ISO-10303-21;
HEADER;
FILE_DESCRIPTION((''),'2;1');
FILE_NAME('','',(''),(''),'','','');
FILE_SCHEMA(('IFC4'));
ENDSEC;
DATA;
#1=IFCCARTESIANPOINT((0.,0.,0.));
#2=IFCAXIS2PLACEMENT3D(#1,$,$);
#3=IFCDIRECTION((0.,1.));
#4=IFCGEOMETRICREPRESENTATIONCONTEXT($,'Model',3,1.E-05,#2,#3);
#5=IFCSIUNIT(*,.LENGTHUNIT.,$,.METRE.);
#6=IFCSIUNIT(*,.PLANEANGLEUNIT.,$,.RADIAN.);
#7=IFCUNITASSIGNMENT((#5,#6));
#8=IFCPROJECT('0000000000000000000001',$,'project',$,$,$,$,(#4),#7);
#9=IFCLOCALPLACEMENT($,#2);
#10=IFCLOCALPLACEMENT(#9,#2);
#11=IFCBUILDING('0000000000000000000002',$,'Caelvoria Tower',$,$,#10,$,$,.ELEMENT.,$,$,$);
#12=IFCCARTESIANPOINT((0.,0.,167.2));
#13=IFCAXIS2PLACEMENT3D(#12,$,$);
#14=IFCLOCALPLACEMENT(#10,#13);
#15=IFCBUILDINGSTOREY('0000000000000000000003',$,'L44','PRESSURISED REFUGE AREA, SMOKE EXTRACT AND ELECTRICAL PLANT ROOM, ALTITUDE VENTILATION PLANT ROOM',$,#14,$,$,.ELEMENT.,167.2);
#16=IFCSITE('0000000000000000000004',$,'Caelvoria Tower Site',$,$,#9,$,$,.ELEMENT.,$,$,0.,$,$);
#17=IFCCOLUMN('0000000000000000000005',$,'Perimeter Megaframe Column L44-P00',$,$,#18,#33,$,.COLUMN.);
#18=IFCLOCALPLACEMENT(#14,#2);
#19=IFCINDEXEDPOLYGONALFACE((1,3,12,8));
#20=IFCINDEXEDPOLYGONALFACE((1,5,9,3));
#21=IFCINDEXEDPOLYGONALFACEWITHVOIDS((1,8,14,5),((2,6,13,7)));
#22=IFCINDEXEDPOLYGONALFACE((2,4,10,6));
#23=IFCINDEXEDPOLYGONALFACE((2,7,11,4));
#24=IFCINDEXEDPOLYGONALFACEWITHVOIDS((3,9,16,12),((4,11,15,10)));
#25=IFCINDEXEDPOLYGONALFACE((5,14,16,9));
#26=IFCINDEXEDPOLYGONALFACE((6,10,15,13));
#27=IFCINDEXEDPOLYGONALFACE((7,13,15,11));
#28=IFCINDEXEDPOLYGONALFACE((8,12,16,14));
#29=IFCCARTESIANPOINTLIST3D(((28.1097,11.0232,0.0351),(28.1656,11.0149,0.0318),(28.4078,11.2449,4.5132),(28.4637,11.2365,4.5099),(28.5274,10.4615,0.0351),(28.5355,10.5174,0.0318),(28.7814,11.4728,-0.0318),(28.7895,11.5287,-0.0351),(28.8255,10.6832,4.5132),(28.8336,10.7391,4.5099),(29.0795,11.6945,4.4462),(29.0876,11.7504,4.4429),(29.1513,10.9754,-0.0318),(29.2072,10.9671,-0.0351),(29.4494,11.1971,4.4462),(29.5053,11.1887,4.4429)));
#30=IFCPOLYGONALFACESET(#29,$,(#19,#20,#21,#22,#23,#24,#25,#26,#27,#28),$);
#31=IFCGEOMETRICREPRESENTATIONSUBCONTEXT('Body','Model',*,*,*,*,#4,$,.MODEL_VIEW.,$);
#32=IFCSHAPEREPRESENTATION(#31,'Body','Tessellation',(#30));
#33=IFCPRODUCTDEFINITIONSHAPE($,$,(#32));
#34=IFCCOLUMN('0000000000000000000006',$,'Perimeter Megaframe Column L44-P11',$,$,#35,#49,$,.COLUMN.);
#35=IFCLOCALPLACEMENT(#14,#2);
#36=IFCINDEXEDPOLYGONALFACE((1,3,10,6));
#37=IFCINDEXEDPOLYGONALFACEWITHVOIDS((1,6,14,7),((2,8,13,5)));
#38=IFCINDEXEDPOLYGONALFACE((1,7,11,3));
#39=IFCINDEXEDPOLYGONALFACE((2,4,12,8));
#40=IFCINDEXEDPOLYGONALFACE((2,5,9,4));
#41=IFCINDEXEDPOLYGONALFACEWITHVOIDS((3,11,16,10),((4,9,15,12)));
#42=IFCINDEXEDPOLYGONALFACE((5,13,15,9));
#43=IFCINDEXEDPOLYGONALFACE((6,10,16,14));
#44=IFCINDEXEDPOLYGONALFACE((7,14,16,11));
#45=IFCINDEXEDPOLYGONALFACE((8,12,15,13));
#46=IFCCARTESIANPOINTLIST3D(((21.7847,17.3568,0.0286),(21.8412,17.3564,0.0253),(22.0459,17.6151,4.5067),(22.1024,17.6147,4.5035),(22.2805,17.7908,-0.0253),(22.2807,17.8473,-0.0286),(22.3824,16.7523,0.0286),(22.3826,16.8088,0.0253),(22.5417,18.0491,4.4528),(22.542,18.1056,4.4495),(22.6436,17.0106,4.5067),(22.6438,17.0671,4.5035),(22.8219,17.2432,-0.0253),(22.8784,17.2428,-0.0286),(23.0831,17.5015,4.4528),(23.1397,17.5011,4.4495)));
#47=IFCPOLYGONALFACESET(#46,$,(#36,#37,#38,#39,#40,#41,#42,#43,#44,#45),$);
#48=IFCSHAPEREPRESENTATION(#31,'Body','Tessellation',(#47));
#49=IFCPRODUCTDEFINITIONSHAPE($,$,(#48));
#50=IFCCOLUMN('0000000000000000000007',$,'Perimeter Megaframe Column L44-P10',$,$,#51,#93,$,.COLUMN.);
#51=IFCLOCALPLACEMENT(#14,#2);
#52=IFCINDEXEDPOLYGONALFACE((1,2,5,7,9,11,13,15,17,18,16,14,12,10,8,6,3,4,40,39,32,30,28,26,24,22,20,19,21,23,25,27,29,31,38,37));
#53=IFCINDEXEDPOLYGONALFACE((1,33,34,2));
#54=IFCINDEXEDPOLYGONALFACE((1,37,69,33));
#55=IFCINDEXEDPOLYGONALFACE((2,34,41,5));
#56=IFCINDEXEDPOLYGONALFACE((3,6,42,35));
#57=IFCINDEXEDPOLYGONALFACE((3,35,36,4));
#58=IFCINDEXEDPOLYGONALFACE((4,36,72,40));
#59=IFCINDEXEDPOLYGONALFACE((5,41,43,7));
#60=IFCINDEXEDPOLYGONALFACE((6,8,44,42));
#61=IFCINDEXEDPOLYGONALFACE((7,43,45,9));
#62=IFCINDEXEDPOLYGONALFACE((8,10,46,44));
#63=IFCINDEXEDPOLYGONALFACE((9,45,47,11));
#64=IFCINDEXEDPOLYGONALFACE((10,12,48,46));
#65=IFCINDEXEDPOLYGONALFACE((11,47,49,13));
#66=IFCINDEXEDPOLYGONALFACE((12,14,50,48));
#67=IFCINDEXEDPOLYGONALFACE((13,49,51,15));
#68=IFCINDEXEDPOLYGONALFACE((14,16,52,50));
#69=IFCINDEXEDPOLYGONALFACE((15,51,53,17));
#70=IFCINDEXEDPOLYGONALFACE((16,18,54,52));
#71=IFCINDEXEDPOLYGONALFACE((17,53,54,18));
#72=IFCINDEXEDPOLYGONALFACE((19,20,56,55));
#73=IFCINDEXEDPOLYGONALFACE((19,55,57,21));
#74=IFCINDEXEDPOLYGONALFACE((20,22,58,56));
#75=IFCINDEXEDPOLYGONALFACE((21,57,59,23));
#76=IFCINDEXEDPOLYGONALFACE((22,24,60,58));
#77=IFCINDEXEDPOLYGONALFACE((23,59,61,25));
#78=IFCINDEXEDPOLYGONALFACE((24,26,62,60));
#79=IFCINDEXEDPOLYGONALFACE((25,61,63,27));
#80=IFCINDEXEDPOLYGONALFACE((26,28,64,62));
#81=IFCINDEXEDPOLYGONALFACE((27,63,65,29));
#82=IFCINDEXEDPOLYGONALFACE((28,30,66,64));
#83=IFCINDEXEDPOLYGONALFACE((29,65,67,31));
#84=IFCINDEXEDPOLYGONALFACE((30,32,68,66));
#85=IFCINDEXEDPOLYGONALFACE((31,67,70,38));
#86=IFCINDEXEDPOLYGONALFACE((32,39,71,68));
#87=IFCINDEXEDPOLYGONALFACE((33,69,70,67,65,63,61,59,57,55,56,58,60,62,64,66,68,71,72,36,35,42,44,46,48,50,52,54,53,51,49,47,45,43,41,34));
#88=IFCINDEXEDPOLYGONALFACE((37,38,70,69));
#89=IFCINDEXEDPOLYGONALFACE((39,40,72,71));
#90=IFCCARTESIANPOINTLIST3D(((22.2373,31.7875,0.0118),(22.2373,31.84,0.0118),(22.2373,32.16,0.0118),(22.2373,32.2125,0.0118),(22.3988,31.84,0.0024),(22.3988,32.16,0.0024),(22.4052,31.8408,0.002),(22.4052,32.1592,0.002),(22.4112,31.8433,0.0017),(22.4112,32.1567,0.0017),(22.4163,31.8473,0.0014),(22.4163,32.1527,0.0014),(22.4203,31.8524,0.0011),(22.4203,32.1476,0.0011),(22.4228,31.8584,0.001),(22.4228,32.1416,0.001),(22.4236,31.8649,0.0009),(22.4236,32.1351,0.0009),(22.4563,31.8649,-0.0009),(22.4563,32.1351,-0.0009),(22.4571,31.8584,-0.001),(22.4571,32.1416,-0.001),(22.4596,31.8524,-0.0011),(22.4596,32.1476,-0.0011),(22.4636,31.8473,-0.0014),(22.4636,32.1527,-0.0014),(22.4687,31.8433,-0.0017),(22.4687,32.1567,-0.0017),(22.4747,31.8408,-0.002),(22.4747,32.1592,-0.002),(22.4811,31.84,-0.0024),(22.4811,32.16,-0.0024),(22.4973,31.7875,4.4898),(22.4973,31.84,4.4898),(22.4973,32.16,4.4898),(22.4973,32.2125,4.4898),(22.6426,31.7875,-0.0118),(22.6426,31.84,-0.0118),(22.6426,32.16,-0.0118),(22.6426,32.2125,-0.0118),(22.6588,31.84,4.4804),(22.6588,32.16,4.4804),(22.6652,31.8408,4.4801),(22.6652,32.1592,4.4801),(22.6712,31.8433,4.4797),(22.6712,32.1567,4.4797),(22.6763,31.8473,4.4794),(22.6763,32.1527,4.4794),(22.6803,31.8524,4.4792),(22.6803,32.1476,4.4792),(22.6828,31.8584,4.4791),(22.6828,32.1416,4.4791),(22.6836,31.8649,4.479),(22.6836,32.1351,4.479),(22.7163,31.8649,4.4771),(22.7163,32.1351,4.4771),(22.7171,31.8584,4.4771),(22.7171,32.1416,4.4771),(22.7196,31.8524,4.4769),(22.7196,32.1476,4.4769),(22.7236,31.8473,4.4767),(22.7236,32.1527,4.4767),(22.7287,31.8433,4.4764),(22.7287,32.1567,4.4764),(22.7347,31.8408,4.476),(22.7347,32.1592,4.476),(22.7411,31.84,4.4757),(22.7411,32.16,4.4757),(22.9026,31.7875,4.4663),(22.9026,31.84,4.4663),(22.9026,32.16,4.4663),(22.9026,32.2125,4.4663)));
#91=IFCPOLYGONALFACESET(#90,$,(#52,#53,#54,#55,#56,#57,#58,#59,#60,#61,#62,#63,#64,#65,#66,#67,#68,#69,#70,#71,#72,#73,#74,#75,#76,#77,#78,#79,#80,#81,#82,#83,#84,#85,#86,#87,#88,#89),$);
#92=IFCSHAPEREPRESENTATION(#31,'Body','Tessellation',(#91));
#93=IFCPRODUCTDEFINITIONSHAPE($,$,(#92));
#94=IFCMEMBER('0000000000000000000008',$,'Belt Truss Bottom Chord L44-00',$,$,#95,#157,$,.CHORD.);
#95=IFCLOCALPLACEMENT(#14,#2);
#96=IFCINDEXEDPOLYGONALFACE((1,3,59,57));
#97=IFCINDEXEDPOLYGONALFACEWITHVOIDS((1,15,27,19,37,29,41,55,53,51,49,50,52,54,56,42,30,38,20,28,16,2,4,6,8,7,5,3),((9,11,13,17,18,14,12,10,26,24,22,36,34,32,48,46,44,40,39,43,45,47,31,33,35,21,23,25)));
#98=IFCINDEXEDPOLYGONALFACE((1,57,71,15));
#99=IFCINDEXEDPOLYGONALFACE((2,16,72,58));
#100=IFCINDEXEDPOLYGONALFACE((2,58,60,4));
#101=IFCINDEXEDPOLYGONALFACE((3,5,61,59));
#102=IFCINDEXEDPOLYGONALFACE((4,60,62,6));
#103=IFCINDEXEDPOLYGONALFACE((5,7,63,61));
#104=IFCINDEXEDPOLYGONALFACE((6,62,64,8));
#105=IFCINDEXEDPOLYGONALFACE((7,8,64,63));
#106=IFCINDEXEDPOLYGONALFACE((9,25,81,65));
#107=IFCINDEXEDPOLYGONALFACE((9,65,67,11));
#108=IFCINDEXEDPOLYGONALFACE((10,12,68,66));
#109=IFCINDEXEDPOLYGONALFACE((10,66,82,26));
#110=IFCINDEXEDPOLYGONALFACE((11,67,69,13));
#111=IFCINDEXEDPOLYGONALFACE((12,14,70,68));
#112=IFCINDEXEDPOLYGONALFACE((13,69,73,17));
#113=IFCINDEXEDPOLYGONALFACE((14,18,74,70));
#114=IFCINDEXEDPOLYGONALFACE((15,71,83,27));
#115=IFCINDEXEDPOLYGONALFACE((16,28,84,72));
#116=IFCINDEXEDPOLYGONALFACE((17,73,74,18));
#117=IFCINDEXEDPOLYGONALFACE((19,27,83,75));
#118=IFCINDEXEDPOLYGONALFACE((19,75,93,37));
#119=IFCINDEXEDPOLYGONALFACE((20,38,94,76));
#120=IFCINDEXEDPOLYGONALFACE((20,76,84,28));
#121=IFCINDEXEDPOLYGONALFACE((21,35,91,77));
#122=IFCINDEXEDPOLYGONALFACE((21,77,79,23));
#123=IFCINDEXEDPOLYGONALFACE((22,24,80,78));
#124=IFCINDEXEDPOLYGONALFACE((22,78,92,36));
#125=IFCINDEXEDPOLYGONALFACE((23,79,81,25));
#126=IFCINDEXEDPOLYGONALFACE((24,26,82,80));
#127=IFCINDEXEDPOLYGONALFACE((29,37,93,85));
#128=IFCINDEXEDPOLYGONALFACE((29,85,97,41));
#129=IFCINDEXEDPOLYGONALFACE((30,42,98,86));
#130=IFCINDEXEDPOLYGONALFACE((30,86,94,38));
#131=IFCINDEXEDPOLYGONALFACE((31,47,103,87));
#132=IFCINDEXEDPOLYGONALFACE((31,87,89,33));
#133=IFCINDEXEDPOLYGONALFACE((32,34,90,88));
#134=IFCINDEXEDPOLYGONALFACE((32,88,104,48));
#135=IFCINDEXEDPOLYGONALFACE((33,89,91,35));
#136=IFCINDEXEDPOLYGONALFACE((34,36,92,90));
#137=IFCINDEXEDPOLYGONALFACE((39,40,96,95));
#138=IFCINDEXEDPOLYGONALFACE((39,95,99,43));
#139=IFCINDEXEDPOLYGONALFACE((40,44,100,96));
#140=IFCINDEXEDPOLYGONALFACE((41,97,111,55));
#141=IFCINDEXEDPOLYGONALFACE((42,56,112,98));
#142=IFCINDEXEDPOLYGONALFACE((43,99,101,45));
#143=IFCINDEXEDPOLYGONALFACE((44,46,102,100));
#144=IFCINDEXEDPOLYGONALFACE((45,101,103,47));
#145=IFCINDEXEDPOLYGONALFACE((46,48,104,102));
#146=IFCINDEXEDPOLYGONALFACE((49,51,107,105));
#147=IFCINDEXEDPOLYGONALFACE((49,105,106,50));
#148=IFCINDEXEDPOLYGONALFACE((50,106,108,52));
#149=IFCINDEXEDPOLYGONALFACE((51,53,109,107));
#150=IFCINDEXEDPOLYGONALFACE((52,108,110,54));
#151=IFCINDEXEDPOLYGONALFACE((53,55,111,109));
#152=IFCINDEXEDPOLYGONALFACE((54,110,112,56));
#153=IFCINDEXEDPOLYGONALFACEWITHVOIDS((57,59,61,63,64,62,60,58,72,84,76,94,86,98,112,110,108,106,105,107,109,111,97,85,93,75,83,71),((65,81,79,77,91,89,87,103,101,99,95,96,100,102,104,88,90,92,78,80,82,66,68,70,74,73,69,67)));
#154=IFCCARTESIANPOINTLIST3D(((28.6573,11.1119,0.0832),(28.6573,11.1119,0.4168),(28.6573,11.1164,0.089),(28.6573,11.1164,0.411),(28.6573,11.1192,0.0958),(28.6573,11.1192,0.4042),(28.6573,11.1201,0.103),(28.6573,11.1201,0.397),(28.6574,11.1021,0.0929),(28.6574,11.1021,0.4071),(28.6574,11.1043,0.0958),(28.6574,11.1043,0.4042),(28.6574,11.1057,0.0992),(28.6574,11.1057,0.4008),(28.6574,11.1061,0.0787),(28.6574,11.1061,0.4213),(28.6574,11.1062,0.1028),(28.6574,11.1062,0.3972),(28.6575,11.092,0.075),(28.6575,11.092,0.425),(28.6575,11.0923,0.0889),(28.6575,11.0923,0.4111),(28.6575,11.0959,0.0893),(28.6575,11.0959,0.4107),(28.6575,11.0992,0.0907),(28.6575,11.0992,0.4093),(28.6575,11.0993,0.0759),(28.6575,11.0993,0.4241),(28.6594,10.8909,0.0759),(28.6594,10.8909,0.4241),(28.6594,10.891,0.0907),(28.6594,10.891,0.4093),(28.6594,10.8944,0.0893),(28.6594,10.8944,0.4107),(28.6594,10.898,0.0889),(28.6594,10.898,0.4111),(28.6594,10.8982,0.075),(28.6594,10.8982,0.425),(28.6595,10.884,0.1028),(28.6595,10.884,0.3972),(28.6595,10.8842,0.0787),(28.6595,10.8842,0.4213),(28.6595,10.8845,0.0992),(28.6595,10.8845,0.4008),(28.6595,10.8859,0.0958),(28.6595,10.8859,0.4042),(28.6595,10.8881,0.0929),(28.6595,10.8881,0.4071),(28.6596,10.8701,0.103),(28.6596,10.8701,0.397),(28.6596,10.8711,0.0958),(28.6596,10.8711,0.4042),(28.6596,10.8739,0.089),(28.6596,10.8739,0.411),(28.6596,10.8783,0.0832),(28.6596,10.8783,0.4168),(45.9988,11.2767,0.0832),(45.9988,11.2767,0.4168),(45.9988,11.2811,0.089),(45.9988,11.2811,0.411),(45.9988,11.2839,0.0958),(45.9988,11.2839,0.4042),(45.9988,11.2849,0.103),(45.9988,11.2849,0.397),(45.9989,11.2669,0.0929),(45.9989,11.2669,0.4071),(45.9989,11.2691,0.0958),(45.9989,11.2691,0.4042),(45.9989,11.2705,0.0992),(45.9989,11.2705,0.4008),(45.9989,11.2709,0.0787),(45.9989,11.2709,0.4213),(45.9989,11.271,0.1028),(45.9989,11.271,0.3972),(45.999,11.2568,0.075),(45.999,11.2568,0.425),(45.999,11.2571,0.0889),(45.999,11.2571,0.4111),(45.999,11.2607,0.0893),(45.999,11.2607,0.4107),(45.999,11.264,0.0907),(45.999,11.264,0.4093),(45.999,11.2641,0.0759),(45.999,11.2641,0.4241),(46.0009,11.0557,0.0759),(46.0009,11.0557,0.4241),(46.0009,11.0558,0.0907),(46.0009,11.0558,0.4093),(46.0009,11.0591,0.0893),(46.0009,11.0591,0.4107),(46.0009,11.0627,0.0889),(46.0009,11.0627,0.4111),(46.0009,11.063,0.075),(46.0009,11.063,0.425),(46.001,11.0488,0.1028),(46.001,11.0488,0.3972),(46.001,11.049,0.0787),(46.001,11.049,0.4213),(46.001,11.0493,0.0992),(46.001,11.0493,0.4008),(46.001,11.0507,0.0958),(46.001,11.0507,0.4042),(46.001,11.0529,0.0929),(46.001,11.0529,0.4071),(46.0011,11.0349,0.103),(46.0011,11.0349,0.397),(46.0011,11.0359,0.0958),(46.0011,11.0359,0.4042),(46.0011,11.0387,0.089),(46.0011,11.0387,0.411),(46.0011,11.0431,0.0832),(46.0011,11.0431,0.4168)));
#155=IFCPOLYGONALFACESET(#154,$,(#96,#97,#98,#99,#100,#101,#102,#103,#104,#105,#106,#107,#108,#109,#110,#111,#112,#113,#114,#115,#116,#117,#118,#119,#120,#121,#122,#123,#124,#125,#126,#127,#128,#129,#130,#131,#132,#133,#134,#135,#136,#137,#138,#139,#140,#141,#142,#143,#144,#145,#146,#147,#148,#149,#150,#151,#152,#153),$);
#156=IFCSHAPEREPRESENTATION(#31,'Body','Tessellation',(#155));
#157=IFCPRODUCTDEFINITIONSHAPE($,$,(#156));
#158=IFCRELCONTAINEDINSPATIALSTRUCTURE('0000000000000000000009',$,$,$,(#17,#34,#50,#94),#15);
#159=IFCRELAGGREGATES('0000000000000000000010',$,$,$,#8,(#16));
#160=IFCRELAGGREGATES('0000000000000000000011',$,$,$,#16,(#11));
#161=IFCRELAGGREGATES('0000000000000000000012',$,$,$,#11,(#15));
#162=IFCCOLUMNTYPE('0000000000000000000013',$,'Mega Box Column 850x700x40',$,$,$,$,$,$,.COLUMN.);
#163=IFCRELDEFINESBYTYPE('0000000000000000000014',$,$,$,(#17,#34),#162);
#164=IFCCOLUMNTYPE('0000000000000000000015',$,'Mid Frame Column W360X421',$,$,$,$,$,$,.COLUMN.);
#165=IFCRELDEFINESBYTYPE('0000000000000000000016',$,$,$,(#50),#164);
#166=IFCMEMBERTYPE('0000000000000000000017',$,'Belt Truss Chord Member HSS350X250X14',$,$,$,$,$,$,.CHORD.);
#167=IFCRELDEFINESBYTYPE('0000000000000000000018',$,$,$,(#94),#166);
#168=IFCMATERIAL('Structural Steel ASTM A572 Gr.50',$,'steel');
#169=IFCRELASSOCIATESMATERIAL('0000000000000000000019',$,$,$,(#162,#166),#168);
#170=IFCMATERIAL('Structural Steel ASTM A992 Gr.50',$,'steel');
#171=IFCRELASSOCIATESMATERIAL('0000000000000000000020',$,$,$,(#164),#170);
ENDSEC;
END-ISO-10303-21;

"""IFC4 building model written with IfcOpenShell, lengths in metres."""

from ifc_helpers import new_model, si_unit, direction, frame, origin, origin_2d, place, context, subcontext, project, spatial, hollow_rectangle, i_section, extrude, material, material_profile, profile_set, type_object, element, save


model = new_model("IFC4")

# Units and contexts
model_context = context("Model", 3, precision=1e-05, world=origin(), true_north=direction((0.0, 1.0)))
body_context = subcontext(model_context, "Body", "Model", "MODEL_VIEW")
ifc_project = project(units=[si_unit("LENGTHUNIT", "METRE"), si_unit("PLANEANGLEUNIT", "RADIAN")], contexts=[model_context])

# Site, building, storey
site_placement = place(None, origin())
site = spatial("IfcSite", under=ifc_project, at=site_placement, Name="Caelvoria Tower Site", CompositionType="ELEMENT", RefElevation=0.0)
building_placement = place(site_placement, origin())
building = spatial("IfcBuilding", under=site, at=building_placement, Name="Caelvoria Tower", CompositionType="ELEMENT")
storey_placement = place(building_placement, frame((0.0, 0.0, 167.2)))
storey = spatial("IfcBuildingStorey", under=building, at=storey_placement, Name="L44", Description="PRESSURISED REFUGE AREA, SMOKE EXTRACT AND ELECTRICAL PLANT ROOM, ALTITUDE VENTILATION PLANT ROOM", CompositionType="ELEMENT", Elevation=167.2)

# Columns
ifc_material_1 = material(Name="Structural Steel ASTM A572 Gr.50", Category="steel")
ifc_material_profile_1 = material_profile(ifc_material_1, hollow_rectangle(XDim=0.7, YDim=0.8501, WallThickness=0.04, at=origin_2d()), Name="Structural Steel ASTM A572 Gr.50")
ifc_profile_set_1 = profile_set([ifc_material_profile_1], Name="BOX850X700X40 - Structural Steel ASTM A572 Gr.50")
column_type_1 = type_object("IfcColumnType", Name="Mega Box Column 850x700x40", PredefinedType="COLUMN", material=ifc_profile_set_1)
column_1_placement = place(storey_placement, frame((28.6584, 10.9951, 0.0), z_axis=(0.066341, 0.049334, 0.996577), x_axis=(-0.596735, 0.802438, 0.0)))
element("IfcColumn", 1, at=column_1_placement, inside=storey, type_object=column_type_1, Name="Perimeter Megaframe Column L44-P00", PredefinedType="COLUMN", context=body_context, shape_type="SweptSolid", body=[
    extrude(hollow_rectangle(XDim=0.7, YDim=0.8501, WallThickness=0.04, at=origin_2d()), origin(), (0.0, 0.0, 1.0), 4.4934),
])
column_2_placement = place(storey_placement, frame((22.3315, 17.2998, 0.0), z_axis=(0.058141, 0.057489, 0.996652), x_axis=(-0.708702, -0.700754, 0.081764)))
element("IfcColumn", 2, at=column_2_placement, inside=storey, type_object=column_type_1, Name="Perimeter Megaframe Column L44-P11", PredefinedType="COLUMN", context=body_context, shape_type="SweptSolid", body=[
    extrude(hollow_rectangle(XDim=0.7, YDim=0.8501, WallThickness=0.04, at=origin_2d()), origin(), (0.0, 0.0, 1.0), 4.4932),
])
ifc_material_2 = material(Name="Structural Steel ASTM A992 Gr.50", Category="steel")
ifc_material_profile_2 = material_profile(ifc_material_2, i_section(OverallWidth=0.406, OverallDepth=0.425, WebThickness=0.0327, FlangeThickness=0.0525, FilletRadius=0.0249, at=origin_2d()), Name="Structural Steel ASTM A992 Gr.50")
ifc_profile_set_2 = profile_set([ifc_material_profile_2], Name="W360X421 - Structural Steel ASTM A992 Gr.50")
column_type_2 = type_object("IfcColumnType", Name="Mid Frame Column W360X421", PredefinedType="COLUMN", material=ifc_profile_set_2)
column_3_placement = place(storey_placement, frame((22.4399, 32.0, 0.0), z_axis=(0.057966, 0.0, 0.998319), x_axis=(-0.998319, 0.0, 0.057966)))
element("IfcColumn", 3, at=column_3_placement, inside=storey, type_object=column_type_2, Name="Perimeter Megaframe Column L44-P10", PredefinedType="COLUMN", context=body_context, shape_type="SweptSolid", body=[
    extrude(i_section(OverallWidth=0.406, OverallDepth=0.425, WebThickness=0.0327, FlangeThickness=0.0525, FilletRadius=0.0249, at=origin_2d()), origin(), (0.0, 0.0, 1.0), 4.4856),
])

# Member
ifc_material_profile_3 = material_profile(ifc_material_1, hollow_rectangle(XDim=0.25, YDim=0.3501, WallThickness=0.0139, InnerFilletRadius=0.0139, OuterFilletRadius=0.0281, at=origin_2d()), Name="Structural Steel ASTM A572 Gr.50")
ifc_profile_set_3 = profile_set([ifc_material_profile_3], Name="HSS350X250X14 - Structural Steel ASTM A572 Gr.50")
member_type_1 = type_object("IfcMemberType", Name="Belt Truss Chord Member HSS350X250X14", PredefinedType="CHORD", material=ifc_profile_set_3)
member_1_placement = place(storey_placement, frame((28.6584, 10.9951, 0.25), z_axis=(0.999955, 0.009502, 0.0), x_axis=(-0.009502, 0.999955, 0.0)))
element("IfcMember", 4, at=member_1_placement, inside=storey, type_object=member_type_1, Name="Belt Truss Bottom Chord L44-00", PredefinedType="CHORD", context=body_context, shape_type="SweptSolid", body=[
    extrude(hollow_rectangle(XDim=0.25, YDim=0.3501, WallThickness=0.0139, InnerFilletRadius=0.0139, OuterFilletRadius=0.0281, at=origin_2d()), origin(), (0.0, 0.0, 1.0), 17.3423),
])

save(model, "model.ifc")
